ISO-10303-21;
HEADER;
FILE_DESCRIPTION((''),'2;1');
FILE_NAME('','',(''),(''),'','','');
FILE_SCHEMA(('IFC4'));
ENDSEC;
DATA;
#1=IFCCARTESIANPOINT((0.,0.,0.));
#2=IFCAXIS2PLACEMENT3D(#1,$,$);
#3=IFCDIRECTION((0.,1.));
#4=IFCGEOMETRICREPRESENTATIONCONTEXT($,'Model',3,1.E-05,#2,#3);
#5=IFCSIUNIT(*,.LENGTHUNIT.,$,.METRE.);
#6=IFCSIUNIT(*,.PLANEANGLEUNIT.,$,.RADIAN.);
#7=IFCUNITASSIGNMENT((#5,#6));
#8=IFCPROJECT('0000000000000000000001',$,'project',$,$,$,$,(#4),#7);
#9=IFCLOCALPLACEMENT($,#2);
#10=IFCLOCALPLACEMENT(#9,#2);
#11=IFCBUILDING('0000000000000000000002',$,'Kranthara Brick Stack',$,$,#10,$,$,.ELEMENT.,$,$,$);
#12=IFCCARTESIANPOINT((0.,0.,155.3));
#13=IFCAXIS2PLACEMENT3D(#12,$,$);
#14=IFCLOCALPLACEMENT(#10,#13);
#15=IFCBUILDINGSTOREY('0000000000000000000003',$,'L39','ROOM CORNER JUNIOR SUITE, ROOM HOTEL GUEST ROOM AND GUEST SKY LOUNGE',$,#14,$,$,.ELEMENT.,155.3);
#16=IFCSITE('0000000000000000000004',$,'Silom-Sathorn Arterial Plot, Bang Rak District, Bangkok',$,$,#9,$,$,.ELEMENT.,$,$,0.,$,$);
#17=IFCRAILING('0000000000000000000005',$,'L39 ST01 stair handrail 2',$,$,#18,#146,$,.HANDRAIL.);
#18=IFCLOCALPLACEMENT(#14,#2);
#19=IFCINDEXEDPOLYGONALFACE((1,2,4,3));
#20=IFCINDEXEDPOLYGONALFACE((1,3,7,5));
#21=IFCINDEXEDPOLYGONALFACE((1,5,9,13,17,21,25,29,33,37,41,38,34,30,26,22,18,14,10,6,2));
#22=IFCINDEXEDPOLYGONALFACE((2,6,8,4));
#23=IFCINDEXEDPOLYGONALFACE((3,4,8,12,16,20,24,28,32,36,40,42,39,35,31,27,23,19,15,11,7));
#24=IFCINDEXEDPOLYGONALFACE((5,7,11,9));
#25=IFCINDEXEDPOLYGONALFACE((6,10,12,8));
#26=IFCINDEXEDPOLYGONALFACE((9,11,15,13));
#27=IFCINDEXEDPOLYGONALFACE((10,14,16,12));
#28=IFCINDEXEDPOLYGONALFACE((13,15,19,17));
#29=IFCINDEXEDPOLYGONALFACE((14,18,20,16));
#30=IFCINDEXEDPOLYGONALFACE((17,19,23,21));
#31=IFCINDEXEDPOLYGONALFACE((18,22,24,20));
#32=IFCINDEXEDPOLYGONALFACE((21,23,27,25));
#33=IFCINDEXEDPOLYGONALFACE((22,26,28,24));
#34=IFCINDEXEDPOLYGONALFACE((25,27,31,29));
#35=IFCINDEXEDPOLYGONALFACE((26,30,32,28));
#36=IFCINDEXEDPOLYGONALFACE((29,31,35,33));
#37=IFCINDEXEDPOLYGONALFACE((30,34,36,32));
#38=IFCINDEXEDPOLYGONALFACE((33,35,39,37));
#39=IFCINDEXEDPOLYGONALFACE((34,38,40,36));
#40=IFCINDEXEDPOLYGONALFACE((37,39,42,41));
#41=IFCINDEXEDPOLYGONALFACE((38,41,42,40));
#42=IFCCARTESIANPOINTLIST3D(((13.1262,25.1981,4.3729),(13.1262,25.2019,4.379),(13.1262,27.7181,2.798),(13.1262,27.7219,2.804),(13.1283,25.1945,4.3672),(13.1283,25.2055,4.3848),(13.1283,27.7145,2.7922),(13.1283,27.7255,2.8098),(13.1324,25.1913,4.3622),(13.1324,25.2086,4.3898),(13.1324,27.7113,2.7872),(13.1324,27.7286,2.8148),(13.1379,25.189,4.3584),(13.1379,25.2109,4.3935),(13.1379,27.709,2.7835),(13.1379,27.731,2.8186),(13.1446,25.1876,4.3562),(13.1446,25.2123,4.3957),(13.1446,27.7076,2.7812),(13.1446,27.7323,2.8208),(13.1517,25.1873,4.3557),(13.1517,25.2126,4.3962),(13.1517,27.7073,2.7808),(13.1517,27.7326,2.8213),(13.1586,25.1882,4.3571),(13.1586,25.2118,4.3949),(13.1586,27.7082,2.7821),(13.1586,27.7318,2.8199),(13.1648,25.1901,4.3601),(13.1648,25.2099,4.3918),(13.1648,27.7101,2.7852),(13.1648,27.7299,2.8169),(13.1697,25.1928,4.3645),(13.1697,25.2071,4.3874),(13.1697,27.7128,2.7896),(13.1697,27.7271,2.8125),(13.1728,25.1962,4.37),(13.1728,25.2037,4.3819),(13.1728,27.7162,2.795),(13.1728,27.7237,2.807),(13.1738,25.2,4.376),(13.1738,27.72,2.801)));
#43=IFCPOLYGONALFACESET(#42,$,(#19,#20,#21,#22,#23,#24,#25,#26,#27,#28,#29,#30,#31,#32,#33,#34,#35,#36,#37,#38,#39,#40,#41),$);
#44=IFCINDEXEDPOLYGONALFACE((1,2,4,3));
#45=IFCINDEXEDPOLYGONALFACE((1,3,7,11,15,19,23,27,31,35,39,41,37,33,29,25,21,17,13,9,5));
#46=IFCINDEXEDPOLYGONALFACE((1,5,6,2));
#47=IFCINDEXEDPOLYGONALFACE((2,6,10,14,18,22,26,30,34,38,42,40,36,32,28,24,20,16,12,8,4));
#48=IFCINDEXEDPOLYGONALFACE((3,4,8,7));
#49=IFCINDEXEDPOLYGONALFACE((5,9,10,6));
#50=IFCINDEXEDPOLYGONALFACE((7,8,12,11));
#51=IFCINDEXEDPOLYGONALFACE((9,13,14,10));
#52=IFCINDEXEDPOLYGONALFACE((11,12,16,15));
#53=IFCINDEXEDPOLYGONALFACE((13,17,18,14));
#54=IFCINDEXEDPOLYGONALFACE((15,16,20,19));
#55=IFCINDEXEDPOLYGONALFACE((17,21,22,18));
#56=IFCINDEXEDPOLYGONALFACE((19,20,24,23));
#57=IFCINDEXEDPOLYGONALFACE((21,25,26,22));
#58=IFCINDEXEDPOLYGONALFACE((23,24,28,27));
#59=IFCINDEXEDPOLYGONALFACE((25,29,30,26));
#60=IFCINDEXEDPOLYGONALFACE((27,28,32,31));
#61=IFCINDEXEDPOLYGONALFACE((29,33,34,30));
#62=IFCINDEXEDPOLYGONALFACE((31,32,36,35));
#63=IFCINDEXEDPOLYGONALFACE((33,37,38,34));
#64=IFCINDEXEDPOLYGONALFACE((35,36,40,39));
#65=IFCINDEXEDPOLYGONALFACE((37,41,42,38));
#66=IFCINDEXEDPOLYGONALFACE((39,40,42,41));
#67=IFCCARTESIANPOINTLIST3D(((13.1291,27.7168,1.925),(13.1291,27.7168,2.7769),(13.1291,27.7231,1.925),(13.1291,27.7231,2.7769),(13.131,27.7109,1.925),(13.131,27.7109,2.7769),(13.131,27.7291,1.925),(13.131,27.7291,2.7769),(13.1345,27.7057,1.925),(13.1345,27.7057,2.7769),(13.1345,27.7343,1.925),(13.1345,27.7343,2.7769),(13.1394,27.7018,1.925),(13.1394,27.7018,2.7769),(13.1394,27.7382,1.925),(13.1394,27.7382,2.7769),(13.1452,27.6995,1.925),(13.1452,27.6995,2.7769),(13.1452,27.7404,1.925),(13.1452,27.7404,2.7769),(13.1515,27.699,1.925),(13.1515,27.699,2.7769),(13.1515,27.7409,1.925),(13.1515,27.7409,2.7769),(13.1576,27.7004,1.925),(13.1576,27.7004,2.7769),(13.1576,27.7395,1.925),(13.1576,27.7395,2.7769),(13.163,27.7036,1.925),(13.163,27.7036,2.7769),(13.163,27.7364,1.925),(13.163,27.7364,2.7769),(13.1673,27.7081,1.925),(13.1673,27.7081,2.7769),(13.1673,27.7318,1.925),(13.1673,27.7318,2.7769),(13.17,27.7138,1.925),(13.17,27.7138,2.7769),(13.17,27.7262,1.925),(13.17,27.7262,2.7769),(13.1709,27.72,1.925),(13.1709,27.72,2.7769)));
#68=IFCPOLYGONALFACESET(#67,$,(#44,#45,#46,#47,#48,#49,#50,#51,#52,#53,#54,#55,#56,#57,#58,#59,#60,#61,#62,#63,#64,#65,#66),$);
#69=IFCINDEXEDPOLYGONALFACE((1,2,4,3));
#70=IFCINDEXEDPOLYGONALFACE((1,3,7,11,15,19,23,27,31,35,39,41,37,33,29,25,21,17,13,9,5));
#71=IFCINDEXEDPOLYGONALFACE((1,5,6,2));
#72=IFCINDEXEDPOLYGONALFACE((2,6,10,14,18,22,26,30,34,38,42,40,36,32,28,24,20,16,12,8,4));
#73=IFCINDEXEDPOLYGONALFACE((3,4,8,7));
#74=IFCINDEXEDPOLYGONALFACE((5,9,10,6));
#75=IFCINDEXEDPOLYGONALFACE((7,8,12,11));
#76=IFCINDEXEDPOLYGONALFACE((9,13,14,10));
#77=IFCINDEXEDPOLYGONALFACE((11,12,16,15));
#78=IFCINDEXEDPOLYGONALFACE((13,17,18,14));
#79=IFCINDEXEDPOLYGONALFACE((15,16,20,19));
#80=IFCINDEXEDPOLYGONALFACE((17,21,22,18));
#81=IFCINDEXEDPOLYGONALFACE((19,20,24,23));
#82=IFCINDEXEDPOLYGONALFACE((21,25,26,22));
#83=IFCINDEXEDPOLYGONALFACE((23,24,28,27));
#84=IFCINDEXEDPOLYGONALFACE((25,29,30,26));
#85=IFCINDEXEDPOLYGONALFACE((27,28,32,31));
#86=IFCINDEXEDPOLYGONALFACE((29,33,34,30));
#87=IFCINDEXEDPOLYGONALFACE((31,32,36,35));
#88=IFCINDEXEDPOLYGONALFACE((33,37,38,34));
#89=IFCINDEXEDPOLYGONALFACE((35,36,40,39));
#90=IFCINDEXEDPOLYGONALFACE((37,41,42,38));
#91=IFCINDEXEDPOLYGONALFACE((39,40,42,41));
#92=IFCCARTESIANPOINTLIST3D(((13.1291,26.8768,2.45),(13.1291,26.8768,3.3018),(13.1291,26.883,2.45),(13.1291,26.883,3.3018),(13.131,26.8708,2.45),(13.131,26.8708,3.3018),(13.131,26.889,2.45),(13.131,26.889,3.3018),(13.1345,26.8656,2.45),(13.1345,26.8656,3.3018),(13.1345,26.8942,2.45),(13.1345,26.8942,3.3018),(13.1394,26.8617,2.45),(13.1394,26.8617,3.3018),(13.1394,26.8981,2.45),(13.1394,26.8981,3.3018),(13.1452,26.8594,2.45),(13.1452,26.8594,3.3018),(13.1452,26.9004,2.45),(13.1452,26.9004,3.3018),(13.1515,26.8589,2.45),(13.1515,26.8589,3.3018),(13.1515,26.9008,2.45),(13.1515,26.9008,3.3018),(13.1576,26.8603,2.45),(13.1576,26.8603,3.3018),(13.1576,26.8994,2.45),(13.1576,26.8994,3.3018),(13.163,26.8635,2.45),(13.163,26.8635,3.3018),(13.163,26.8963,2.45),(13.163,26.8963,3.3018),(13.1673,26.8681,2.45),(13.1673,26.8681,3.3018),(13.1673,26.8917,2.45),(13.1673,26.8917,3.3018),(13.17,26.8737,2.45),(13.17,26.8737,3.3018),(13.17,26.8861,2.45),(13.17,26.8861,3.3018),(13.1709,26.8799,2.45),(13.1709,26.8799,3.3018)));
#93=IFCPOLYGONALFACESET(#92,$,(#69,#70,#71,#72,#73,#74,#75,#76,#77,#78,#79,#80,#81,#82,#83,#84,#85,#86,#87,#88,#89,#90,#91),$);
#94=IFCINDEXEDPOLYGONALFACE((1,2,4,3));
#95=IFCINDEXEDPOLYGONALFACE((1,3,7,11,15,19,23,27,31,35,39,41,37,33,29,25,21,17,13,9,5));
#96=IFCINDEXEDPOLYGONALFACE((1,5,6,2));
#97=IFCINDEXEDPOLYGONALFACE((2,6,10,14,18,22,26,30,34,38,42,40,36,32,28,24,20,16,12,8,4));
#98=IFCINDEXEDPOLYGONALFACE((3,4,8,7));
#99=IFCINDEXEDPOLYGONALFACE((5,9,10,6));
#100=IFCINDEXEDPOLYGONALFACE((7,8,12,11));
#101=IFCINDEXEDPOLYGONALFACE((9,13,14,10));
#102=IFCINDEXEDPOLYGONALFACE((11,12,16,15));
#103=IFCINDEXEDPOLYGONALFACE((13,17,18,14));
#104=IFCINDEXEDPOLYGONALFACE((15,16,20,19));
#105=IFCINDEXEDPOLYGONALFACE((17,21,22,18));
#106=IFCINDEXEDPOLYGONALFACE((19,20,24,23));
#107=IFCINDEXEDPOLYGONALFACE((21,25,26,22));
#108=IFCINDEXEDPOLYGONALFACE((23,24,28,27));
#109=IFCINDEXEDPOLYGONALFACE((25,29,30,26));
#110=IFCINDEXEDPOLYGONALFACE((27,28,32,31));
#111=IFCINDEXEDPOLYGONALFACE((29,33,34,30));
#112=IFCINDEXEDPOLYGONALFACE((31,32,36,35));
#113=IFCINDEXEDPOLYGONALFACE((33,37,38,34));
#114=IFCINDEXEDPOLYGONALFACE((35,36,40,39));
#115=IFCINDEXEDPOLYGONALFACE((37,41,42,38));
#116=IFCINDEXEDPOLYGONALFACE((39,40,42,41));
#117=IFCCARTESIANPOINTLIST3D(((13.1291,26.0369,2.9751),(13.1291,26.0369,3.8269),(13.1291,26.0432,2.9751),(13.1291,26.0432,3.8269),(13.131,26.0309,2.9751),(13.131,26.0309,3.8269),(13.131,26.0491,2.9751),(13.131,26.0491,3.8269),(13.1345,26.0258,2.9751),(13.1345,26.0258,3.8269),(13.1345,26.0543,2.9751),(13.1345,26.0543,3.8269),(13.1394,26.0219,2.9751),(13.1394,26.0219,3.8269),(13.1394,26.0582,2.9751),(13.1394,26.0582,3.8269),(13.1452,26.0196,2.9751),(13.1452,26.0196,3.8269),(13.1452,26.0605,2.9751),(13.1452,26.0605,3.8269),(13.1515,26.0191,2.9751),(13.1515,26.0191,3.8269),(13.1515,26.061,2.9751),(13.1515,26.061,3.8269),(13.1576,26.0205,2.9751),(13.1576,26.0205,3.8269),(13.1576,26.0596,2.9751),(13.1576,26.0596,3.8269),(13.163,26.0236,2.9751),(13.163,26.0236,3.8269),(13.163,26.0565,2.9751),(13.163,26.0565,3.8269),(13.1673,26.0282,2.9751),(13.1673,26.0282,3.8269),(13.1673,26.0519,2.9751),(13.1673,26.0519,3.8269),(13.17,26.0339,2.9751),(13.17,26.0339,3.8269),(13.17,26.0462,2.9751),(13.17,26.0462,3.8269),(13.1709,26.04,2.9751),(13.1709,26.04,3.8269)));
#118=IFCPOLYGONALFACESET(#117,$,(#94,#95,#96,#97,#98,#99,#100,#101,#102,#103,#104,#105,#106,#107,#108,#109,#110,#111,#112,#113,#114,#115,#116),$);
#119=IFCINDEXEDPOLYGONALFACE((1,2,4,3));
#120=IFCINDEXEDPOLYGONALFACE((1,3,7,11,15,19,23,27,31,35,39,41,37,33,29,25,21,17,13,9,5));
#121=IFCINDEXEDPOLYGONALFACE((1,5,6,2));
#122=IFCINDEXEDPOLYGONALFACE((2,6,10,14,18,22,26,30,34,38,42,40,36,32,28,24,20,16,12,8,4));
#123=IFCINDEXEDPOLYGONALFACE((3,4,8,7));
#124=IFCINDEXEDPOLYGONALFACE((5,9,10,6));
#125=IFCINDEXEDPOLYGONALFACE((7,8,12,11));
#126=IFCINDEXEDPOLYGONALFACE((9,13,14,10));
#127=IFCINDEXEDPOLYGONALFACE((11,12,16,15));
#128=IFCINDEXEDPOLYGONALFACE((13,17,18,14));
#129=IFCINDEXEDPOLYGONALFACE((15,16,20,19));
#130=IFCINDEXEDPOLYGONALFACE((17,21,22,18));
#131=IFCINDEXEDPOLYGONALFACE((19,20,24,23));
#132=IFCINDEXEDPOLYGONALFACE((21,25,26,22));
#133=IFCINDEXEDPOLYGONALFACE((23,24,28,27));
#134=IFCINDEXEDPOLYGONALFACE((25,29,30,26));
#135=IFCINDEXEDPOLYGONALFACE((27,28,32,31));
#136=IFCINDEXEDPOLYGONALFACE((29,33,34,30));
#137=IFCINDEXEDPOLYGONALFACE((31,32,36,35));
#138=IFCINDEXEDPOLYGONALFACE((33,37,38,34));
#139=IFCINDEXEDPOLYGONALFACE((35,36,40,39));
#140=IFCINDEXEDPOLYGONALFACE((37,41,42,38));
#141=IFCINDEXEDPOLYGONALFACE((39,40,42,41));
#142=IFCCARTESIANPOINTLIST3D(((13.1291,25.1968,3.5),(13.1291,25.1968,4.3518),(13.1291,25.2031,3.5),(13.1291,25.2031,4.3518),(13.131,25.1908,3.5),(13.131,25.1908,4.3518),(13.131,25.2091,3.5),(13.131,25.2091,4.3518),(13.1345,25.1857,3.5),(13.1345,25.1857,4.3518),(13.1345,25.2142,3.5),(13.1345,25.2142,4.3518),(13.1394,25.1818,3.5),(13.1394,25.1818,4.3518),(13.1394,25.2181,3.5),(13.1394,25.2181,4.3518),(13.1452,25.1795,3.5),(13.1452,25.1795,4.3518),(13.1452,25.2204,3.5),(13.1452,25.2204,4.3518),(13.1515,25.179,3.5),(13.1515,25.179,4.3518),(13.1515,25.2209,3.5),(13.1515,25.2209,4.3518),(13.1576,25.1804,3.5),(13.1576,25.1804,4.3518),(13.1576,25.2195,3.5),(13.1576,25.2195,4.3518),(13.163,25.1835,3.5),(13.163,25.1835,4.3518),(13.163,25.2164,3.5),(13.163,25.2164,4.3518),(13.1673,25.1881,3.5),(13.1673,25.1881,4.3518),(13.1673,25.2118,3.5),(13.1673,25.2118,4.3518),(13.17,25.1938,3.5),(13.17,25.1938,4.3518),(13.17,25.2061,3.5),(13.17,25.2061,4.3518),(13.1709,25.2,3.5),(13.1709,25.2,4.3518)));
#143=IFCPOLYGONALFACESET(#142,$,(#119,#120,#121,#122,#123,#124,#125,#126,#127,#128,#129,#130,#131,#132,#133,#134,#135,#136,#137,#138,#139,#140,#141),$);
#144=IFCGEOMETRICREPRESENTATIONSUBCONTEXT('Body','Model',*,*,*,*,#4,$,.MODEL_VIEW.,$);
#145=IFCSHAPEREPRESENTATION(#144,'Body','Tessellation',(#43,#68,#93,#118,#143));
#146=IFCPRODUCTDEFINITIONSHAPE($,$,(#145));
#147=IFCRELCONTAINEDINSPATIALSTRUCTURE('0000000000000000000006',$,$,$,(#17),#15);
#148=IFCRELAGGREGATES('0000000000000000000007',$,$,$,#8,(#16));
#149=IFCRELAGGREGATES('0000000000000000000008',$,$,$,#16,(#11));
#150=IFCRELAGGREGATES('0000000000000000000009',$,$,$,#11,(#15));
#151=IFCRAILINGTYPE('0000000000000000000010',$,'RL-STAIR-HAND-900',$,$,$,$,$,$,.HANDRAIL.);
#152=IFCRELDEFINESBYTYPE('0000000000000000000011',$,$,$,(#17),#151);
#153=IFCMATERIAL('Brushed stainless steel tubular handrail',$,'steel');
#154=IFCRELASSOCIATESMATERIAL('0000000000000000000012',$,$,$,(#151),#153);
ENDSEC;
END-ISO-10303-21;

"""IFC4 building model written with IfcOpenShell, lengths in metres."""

from ifc_helpers import new_model, si_unit, direction, frame, origin, origin_2d, place, context, subcontext, project, spatial, circle, extrude, material, type_object, element, save


model = new_model("IFC4")

# Units and contexts
model_context = context("Model", 3, precision=1e-05, world=origin(), true_north=direction((0.0, 1.0)))
body_context = subcontext(model_context, "Body", "Model", "MODEL_VIEW")
ifc_project = project(units=[si_unit("LENGTHUNIT", "METRE"), si_unit("PLANEANGLEUNIT", "RADIAN")], contexts=[model_context])

# Site, building, storey
site_placement = place(None, origin())
site = spatial("IfcSite", under=ifc_project, at=site_placement, Name="Silom-Sathorn Arterial Plot, Bang Rak District, Bangkok", CompositionType="ELEMENT", RefElevation=0.0)
building_placement = place(site_placement, origin())
building = spatial("IfcBuilding", under=site, at=building_placement, Name="Kranthara Brick Stack", CompositionType="ELEMENT")
storey_placement = place(building_placement, frame((0.0, 0.0, 155.3)))
storey = spatial("IfcBuildingStorey", under=building, at=storey_placement, Name="L39", Description="ROOM CORNER JUNIOR SUITE, ROOM HOTEL GUEST ROOM AND GUEST SKY LOUNGE", CompositionType="ELEMENT", Elevation=155.3)

# Railing
ifc_material_1 = material(Name="Brushed stainless steel tubular handrail", Category="steel")
railing_type_1 = type_object("IfcRailingType", Name="RL-STAIR-HAND-900", PredefinedType="HANDRAIL", material=ifc_material_1)
railing_1_placement = place(storey_placement, frame((13.1499, 27.72, 1.925)))
element("IfcRailing", 1, at=railing_1_placement, inside=storey, type_object=railing_type_1, Name="L39 ST01 stair handrail 2", PredefinedType="HANDRAIL", context=body_context, shape_type="SweptSolid", body=[
    extrude(circle(Radius=0.0239, at=origin_2d()), frame((0.0, 0.0, 0.876), z_axis=(0.0, -0.848008, 0.529984), x_axis=(1.0, 0.0, 0.0)), (0.0, 0.0, 1.0), 2.9717),
    extrude(circle(Radius=0.021, at=origin_2d()), origin(), (0.0, 0.0, 1.0), 0.8518),
    extrude(circle(Radius=0.021, at=origin_2d()), frame((0.0, -0.8401, 0.5249)), (0.0, 0.0, 1.0), 0.8518),
    extrude(circle(Radius=0.021, at=origin_2d()), frame((0.0, -1.6799, 1.05)), (0.0, 0.0, 1.0), 0.8518),
    extrude(circle(Radius=0.021, at=origin_2d()), frame((0.0, -2.52, 1.575)), (0.0, 0.0, 1.0), 0.8518),
])

save(model, "model.ifc")
